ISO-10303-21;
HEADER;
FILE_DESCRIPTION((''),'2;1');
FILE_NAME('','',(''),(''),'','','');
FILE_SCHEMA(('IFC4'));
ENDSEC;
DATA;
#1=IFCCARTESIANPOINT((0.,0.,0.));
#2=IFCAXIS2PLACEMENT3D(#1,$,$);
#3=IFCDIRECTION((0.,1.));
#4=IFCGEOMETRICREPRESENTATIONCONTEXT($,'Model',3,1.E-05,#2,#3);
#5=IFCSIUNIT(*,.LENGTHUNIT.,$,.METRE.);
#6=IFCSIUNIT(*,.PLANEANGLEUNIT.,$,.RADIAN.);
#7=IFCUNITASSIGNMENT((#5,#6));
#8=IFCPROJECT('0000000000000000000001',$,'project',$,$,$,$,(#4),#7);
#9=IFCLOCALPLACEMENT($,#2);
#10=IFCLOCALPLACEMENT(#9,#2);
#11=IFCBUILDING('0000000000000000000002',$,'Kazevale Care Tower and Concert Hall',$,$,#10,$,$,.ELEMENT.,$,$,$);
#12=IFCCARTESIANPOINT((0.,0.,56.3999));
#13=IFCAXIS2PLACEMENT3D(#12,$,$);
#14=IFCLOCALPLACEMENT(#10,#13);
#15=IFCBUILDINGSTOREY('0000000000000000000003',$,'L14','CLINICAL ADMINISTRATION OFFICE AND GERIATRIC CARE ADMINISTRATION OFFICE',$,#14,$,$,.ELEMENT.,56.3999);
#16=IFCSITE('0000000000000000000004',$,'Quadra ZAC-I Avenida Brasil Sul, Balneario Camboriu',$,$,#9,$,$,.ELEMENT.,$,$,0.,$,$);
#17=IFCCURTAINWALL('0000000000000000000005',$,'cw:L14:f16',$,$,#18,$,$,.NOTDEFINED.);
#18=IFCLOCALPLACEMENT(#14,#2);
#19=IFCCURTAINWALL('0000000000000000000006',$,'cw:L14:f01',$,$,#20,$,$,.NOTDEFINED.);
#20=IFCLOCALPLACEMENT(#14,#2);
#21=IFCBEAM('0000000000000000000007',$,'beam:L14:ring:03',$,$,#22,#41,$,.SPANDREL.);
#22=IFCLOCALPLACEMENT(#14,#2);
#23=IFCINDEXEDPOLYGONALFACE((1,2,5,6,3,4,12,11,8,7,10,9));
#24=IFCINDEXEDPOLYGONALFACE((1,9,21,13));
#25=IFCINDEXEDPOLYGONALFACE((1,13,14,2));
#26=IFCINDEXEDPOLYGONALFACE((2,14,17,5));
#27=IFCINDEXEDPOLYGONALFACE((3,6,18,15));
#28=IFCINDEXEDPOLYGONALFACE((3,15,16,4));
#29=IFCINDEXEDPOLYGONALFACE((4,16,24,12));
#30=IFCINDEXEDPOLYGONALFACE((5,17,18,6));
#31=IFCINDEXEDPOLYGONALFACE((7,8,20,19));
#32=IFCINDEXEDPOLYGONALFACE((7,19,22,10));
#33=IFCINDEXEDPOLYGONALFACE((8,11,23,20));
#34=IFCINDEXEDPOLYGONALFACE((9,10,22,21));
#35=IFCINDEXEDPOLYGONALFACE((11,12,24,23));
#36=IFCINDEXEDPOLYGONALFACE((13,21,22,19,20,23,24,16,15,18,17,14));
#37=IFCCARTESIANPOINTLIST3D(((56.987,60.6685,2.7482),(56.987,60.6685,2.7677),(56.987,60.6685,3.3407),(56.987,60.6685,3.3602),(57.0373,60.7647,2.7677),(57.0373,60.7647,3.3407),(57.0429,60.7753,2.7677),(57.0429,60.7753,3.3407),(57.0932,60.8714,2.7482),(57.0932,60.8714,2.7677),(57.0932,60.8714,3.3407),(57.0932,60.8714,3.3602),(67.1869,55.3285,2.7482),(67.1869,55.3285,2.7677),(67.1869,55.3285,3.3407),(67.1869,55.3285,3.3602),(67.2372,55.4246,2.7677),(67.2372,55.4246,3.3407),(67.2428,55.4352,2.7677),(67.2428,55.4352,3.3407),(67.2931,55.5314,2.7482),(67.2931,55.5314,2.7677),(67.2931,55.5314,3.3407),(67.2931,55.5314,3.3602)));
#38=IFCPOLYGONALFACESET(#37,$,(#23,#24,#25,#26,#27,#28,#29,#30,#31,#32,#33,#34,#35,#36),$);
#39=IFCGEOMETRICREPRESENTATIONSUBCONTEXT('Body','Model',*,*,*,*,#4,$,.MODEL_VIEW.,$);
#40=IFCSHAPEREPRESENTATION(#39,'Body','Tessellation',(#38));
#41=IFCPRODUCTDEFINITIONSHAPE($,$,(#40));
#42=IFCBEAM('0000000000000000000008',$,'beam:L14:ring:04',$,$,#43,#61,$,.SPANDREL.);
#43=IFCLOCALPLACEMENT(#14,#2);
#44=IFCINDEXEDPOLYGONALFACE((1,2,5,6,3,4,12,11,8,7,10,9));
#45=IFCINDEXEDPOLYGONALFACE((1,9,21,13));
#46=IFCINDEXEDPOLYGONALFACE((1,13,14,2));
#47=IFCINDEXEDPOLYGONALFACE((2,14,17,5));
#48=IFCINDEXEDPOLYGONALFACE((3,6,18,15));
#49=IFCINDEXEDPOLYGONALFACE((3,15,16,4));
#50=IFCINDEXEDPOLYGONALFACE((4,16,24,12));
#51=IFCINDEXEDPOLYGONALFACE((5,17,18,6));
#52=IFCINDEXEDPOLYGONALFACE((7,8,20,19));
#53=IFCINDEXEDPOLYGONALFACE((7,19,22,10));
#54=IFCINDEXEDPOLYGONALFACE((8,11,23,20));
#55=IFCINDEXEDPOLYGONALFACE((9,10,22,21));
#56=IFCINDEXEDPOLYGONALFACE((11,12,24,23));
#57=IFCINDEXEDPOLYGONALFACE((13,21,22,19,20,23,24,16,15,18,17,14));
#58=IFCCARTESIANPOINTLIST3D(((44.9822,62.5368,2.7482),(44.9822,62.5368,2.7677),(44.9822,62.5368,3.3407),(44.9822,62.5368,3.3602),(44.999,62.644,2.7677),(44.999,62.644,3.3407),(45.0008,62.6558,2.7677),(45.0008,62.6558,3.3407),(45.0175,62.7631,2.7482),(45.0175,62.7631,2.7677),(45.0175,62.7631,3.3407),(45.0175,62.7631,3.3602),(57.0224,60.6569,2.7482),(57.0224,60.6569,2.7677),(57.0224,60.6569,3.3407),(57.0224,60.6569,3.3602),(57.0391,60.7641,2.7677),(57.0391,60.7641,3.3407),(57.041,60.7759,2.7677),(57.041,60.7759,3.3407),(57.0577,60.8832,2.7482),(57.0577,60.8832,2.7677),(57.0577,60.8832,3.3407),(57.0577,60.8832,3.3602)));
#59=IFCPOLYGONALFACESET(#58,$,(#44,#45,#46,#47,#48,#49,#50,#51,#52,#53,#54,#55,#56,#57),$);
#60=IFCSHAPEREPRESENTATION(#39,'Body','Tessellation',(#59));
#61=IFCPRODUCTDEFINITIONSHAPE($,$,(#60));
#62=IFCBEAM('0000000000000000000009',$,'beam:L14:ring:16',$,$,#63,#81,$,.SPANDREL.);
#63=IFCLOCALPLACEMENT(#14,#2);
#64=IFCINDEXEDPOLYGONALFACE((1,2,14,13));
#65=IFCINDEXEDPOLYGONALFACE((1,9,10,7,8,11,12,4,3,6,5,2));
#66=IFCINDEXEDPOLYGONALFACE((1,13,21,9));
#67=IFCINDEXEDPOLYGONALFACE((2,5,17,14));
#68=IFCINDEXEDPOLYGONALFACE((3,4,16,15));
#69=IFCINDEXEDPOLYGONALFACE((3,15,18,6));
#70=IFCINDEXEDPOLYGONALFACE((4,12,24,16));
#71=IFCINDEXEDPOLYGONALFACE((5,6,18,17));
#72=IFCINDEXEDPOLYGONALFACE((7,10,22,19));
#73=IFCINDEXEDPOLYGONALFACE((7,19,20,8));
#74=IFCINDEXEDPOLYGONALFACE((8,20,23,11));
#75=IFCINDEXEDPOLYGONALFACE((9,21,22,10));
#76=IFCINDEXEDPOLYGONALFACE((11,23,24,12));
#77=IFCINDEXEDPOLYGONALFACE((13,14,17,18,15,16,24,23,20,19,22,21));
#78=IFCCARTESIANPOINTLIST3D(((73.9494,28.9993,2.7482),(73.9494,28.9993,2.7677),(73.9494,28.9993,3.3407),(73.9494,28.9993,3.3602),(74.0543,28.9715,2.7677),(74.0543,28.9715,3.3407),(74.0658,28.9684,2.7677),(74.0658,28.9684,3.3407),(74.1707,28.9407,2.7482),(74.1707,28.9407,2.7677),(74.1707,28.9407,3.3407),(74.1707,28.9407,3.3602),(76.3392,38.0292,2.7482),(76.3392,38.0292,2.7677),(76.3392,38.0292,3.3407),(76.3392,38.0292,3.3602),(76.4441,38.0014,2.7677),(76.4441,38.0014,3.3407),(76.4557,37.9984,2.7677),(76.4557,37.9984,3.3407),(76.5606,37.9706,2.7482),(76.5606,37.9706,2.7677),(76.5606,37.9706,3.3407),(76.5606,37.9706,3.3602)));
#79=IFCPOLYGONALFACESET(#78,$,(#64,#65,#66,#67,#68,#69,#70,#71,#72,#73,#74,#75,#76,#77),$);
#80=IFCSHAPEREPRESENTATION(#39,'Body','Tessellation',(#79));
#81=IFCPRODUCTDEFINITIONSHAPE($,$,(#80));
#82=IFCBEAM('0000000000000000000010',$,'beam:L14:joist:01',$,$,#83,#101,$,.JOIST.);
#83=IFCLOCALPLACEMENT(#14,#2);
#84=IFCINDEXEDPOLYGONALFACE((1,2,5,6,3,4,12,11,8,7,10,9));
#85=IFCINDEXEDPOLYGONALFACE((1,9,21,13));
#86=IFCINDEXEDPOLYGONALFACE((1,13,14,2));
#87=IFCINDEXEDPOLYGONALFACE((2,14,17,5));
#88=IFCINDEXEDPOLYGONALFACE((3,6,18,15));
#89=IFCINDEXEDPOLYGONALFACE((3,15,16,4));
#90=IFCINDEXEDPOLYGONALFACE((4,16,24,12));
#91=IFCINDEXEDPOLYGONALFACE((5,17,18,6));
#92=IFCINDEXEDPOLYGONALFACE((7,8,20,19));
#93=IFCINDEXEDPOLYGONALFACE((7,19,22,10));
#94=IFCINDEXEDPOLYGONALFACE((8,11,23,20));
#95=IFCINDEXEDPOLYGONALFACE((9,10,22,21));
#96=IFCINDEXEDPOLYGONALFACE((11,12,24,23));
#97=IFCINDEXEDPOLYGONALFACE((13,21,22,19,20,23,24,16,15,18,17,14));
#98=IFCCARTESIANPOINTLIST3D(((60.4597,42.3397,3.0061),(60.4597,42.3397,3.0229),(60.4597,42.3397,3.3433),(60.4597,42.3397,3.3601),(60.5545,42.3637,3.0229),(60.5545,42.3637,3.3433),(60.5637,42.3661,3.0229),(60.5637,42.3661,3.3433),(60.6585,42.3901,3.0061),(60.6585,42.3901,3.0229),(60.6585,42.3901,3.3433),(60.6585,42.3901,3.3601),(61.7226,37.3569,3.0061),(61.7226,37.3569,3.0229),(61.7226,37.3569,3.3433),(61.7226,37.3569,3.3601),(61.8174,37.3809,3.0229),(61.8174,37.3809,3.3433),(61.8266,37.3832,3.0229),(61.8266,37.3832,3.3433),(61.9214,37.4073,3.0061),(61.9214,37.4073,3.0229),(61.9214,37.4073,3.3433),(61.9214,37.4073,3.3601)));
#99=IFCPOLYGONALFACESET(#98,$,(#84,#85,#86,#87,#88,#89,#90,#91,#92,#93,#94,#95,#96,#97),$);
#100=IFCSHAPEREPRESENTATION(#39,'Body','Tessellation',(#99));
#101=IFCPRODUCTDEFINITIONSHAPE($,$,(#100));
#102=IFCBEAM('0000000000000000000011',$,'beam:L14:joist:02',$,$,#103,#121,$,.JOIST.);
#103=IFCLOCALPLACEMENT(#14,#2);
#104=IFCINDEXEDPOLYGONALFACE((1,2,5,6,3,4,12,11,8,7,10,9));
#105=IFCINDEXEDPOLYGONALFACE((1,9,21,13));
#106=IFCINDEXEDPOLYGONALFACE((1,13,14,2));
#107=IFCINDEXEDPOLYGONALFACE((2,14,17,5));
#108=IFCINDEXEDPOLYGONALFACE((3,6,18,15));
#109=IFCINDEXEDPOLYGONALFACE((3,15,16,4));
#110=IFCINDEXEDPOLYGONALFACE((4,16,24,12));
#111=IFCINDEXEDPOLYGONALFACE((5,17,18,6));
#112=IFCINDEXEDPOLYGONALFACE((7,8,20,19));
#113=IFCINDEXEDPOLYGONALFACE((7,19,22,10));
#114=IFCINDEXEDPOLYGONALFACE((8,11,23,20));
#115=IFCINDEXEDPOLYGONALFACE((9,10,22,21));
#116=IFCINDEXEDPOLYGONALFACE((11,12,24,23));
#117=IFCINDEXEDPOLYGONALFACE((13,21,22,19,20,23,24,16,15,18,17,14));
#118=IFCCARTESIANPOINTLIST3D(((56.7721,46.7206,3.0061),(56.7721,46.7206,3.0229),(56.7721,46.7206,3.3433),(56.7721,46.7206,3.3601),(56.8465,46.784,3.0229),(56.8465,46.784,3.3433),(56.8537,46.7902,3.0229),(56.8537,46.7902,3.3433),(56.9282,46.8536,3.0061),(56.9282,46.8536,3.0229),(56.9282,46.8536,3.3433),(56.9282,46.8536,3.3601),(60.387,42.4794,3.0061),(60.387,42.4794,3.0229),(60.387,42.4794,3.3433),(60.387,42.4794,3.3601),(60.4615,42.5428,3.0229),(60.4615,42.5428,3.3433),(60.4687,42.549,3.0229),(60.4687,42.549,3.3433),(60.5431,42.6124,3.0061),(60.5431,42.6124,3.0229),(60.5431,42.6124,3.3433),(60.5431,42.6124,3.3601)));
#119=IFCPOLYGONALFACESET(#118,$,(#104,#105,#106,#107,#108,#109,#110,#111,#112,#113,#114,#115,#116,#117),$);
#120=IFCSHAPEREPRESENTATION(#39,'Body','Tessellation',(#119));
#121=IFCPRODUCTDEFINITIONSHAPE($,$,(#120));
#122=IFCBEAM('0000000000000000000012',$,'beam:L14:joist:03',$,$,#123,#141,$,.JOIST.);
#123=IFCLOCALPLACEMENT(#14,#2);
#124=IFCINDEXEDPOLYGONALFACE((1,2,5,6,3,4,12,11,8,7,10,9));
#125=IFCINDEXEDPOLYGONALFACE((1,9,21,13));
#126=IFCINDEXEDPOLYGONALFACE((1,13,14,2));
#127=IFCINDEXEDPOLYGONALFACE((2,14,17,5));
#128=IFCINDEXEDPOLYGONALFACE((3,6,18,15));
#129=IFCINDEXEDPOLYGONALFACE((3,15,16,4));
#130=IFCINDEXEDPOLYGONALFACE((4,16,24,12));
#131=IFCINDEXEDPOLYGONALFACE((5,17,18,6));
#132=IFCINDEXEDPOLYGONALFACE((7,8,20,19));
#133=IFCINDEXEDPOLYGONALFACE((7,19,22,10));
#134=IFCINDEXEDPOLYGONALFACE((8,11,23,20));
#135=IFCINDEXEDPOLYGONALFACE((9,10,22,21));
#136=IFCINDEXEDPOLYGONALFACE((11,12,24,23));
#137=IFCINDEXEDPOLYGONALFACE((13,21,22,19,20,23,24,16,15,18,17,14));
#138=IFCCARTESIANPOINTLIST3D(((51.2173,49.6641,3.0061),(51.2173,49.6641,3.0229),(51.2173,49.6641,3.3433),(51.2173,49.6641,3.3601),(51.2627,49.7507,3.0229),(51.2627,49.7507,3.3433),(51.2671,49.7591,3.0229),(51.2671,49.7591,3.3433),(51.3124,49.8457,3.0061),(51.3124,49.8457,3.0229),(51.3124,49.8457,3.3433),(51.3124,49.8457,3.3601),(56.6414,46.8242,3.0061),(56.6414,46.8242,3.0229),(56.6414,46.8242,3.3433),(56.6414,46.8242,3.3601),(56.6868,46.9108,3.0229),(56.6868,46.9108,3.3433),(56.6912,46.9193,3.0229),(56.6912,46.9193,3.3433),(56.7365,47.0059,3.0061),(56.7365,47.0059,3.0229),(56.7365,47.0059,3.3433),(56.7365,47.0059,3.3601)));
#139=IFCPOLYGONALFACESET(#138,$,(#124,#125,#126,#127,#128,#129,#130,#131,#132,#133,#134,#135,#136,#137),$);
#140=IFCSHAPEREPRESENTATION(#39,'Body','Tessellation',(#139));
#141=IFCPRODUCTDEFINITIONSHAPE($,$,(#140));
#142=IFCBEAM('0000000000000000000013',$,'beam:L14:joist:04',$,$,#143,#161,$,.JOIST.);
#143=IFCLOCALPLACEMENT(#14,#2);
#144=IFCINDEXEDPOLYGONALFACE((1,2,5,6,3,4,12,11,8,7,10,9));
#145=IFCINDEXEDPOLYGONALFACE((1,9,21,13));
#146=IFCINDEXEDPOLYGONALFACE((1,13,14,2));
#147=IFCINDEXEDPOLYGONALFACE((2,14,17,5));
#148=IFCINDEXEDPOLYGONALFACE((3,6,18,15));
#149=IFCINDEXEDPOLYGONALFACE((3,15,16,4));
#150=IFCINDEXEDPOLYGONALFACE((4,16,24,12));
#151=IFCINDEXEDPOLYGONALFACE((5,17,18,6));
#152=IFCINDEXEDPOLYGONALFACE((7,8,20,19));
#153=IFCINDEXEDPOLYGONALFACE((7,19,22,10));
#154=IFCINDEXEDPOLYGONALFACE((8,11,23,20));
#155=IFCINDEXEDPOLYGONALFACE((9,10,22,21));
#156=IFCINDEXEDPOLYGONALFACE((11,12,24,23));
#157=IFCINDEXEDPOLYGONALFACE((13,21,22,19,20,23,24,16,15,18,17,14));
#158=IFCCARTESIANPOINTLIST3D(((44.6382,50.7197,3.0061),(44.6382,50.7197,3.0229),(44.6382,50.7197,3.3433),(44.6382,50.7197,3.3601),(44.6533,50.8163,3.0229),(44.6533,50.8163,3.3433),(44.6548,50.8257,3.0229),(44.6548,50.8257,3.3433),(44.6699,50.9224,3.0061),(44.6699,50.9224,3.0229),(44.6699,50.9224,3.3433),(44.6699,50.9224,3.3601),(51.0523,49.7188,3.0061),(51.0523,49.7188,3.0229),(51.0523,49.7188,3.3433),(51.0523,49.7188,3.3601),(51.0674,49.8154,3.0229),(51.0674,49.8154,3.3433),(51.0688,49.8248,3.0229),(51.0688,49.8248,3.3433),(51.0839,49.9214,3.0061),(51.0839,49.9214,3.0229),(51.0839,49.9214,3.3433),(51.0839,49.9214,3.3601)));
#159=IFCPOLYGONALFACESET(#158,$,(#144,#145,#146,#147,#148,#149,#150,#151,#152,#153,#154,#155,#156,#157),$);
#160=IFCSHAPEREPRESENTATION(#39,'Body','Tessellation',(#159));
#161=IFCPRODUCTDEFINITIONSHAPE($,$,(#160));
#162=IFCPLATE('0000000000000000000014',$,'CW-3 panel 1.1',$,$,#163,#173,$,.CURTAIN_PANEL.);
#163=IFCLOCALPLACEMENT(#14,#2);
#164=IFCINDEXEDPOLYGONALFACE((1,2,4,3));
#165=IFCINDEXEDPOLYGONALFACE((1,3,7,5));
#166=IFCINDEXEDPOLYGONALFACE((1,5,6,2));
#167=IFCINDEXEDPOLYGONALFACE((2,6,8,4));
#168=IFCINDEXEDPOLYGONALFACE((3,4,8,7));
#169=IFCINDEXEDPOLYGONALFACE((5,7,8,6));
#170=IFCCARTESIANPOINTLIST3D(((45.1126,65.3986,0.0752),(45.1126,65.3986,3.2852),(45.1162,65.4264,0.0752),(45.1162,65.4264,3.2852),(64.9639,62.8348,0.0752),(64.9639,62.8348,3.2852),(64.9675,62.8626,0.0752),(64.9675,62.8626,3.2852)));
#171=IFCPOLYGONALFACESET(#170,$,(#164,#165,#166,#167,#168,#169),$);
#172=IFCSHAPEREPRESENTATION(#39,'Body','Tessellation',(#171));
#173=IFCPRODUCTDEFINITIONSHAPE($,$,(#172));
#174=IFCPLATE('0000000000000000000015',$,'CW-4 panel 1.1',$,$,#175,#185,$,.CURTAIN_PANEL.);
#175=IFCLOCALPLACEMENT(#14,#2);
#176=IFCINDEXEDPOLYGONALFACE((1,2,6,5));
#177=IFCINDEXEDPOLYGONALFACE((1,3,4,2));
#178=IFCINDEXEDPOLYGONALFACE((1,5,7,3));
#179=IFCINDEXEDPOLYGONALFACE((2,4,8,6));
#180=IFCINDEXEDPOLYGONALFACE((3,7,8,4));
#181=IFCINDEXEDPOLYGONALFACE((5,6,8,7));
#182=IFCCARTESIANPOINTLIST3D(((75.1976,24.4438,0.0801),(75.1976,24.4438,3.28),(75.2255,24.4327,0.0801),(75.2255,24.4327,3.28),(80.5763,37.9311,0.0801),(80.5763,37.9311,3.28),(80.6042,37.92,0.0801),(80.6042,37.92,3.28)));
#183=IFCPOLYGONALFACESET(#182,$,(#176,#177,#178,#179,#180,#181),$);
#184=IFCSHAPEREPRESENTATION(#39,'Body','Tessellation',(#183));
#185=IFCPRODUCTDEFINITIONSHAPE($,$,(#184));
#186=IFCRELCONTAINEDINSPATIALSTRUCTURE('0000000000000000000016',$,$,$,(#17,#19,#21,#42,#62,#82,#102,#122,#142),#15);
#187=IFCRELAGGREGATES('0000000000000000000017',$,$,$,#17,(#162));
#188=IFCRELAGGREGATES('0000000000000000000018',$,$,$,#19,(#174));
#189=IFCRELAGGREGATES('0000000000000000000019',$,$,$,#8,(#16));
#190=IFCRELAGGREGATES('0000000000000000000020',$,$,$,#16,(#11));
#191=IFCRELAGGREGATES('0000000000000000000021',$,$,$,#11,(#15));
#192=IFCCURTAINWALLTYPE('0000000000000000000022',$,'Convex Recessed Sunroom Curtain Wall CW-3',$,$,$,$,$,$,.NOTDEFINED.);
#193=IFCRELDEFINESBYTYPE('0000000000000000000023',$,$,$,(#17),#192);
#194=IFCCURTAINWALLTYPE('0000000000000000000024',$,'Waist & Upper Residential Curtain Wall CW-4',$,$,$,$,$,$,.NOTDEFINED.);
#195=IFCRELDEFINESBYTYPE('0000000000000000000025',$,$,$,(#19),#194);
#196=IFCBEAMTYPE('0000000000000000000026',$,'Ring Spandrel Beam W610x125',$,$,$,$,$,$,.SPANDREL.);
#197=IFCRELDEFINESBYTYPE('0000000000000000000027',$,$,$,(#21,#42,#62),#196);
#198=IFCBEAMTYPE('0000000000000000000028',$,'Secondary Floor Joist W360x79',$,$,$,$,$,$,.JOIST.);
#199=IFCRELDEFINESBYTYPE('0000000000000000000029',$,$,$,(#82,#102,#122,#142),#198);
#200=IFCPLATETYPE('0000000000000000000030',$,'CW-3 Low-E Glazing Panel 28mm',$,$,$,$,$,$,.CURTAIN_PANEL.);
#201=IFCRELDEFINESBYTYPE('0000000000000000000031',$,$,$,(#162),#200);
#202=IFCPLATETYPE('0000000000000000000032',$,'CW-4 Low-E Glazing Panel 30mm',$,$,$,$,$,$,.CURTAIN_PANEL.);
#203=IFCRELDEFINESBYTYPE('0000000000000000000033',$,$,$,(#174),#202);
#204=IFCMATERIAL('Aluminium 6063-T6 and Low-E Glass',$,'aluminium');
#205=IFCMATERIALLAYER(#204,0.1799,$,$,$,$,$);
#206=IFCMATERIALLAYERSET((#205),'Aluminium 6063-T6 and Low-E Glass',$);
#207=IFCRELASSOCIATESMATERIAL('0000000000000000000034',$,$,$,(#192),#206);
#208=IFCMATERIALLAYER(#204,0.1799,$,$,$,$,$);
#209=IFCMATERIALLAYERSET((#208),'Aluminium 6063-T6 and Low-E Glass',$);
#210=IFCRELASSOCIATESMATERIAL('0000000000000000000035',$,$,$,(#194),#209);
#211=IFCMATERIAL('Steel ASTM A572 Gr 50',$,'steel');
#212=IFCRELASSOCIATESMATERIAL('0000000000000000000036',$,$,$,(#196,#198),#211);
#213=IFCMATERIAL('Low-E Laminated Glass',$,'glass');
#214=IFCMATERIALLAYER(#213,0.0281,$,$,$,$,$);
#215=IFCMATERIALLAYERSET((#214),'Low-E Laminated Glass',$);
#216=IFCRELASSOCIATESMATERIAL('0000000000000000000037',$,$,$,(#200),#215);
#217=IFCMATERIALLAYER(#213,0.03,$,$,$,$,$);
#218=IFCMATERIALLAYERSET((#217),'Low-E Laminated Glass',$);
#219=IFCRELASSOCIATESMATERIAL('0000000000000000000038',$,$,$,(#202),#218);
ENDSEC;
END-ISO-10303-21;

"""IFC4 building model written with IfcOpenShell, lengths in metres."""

from ifc_helpers import new_model, si_unit, direction, frame, origin, origin_2d, place, context, subcontext, project, spatial, rectangle, i_section, extrude, material, layer, layer_set, material_profile, profile_set, type_object, element, aggregate, save


model = new_model("IFC4")

# Units and contexts
model_context = context("Model", 3, precision=1e-05, world=origin(), true_north=direction((0.0, 1.0)))
body_context = subcontext(model_context, "Body", "Model", "MODEL_VIEW")
ifc_project = project(units=[si_unit("LENGTHUNIT", "METRE"), si_unit("PLANEANGLEUNIT", "RADIAN")], contexts=[model_context])

# Site, building, storey
site_placement = place(None, origin())
site = spatial("IfcSite", under=ifc_project, at=site_placement, Name="Quadra ZAC-I Avenida Brasil Sul, Balneario Camboriu", CompositionType="ELEMENT", RefElevation=0.0)
building_placement = place(site_placement, origin())
building = spatial("IfcBuilding", under=site, at=building_placement, Name="Kazevale Care Tower and Concert Hall", CompositionType="ELEMENT")
storey_placement = place(building_placement, frame((0.0, 0.0, 56.3999)))
storey = spatial("IfcBuildingStorey", under=building, at=storey_placement, Name="L14", Description="CLINICAL ADMINISTRATION OFFICE AND GERIATRIC CARE ADMINISTRATION OFFICE", CompositionType="ELEMENT", Elevation=56.3999)

# Curtain walls
ifc_material_1 = material(Name="Aluminium 6063-T6 and Low-E Glass", Category="aluminium")
ifc_layer_1 = layer(ifc_material_1, 0.1799)
ifc_layer_set_1 = layer_set([ifc_layer_1], Name="Aluminium 6063-T6 and Low-E Glass")
curtain_wall_type_1 = type_object("IfcCurtainWallType", Name="Convex Recessed Sunroom Curtain Wall CW-3", PredefinedType="NOTDEFINED", material=ifc_layer_set_1)
curtain_wall_1_placement = place(storey_placement, origin())
curtain_wall_1 = element("IfcCurtainWall", 1, at=curtain_wall_1_placement, inside=storey, type_object=curtain_wall_type_1, Name="cw:L14:f16", PredefinedType="NOTDEFINED")
ifc_layer_2 = layer(ifc_material_1, 0.1799)
ifc_layer_set_2 = layer_set([ifc_layer_2], Name="Aluminium 6063-T6 and Low-E Glass")
curtain_wall_type_2 = type_object("IfcCurtainWallType", Name="Waist & Upper Residential Curtain Wall CW-4", PredefinedType="NOTDEFINED", material=ifc_layer_set_2)
curtain_wall_2_placement = place(storey_placement, origin())
curtain_wall_2 = element("IfcCurtainWall", 2, at=curtain_wall_2_placement, inside=storey, type_object=curtain_wall_type_2, Name="cw:L14:f01", PredefinedType="NOTDEFINED")

# Beams
ifc_material_2 = material(Name="Steel ASTM A572 Gr 50", Category="steel")
ifc_material_profile_1 = material_profile(ifc_material_2, i_section(OverallWidth=0.229, OverallDepth=0.6121, WebThickness=0.012, FlangeThickness=0.0195, at=origin_2d()), Name="W610x125")
ifc_profile_set_1 = profile_set([ifc_material_profile_1], Name="Steel ASTM A572 Gr 50")
beam_type_1 = type_object("IfcBeamType", Name="Ring Spandrel Beam W610x125", PredefinedType="SPANDREL", material=ifc_profile_set_1)
beam_1_placement = place(storey_placement, frame((67.24, 55.4299, 3.0542), z_axis=(-0.885929, 0.46382, 0.0), x_axis=(-0.46382, -0.885929, 0.0)))
element("IfcBeam", 3, at=beam_1_placement, inside=storey, type_object=beam_type_1, Name="beam:L14:ring:03", PredefinedType="SPANDREL", context=body_context, shape_type="SweptSolid", body=[
    extrude(i_section(OverallWidth=0.229, OverallDepth=0.6121, WebThickness=0.012, FlangeThickness=0.0195, at=origin_2d()), origin(), (0.0, 0.0, 1.0), 11.5132),
])
beam_2_placement = place(storey_placement, frame((57.04, 60.77, 3.0542), z_axis=(-0.988029, 0.154267, 0.0), x_axis=(-0.154267, -0.988029, 0.0)))
element("IfcBeam", 4, at=beam_2_placement, inside=storey, type_object=beam_type_1, Name="beam:L14:ring:04", PredefinedType="SPANDREL", context=body_context, shape_type="SweptSolid", body=[
    extrude(i_section(OverallWidth=0.229, OverallDepth=0.6121, WebThickness=0.012, FlangeThickness=0.0195, at=origin_2d()), origin(), (0.0, 0.0, 1.0), 12.186),
])
beam_3_placement = place(storey_placement, frame((74.0601, 28.97, 3.0542), z_axis=(0.255852, 0.966716, 0.0), x_axis=(-0.966716, 0.255852, 0.0)))
element("IfcBeam", 5, at=beam_3_placement, inside=storey, type_object=beam_type_1, Name="beam:L14:ring:16", PredefinedType="SPANDREL", context=body_context, shape_type="SweptSolid", body=[
    extrude(i_section(OverallWidth=0.229, OverallDepth=0.6121, WebThickness=0.012, FlangeThickness=0.0195, at=origin_2d()), origin(), (0.0, 0.0, 1.0), 9.3408),
])
ifc_material_profile_2 = material_profile(ifc_material_2, i_section(OverallWidth=0.2051, OverallDepth=0.354, WebThickness=0.0095, FlangeThickness=0.0168, at=origin_2d()), Name="W360x79")
ifc_profile_set_2 = profile_set([ifc_material_profile_2], Name="Steel ASTM A572 Gr 50")
beam_type_2 = type_object("IfcBeamType", Name="Secondary Floor Joist W360x79", PredefinedType="JOIST", material=ifc_profile_set_2)
beam_4_placement = place(storey_placement, frame((61.822, 37.3821, 3.1831), z_axis=(-0.245686, 0.96935, 0.0), x_axis=(-0.96935, -0.245686, 0.0)))
element("IfcBeam", 6, at=beam_4_placement, inside=storey, type_object=beam_type_2, Name="beam:L14:joist:01", PredefinedType="JOIST", context=body_context, shape_type="SweptSolid", body=[
    extrude(i_section(OverallWidth=0.2051, OverallDepth=0.354, WebThickness=0.0095, FlangeThickness=0.0168, at=origin_2d()), origin(), (0.0, 0.0, 1.0), 5.1404),
])
beam_5_placement = place(storey_placement, frame((60.4651, 42.5459, 3.1831), z_axis=(-0.648686, 0.761057, 0.0), x_axis=(-0.761057, -0.648686, 0.0)))
element("IfcBeam", 7, at=beam_5_placement, inside=storey, type_object=beam_type_2, Name="beam:L14:joist:02", PredefinedType="JOIST", context=body_context, shape_type="SweptSolid", body=[
    extrude(i_section(OverallWidth=0.2051, OverallDepth=0.354, WebThickness=0.0095, FlangeThickness=0.0168, at=origin_2d()), origin(), (0.0, 0.0, 1.0), 5.5728),
])
beam_6_placement = place(storey_placement, frame((56.689, 46.915, 3.1831), z_axis=(-0.885921, 0.463836, 0.0), x_axis=(-0.463836, -0.885921, 0.0)))
element("IfcBeam", 8, at=beam_6_placement, inside=storey, type_object=beam_type_2, Name="beam:L14:joist:03", PredefinedType="JOIST", context=body_context, shape_type="SweptSolid", body=[
    extrude(i_section(OverallWidth=0.2051, OverallDepth=0.354, WebThickness=0.0095, FlangeThickness=0.0168, at=origin_2d()), origin(), (0.0, 0.0, 1.0), 6.1226),
])
beam_7_placement = place(storey_placement, frame((51.0681, 49.8201, 3.1831), z_axis=(-0.988041, 0.154193, 0.0), x_axis=(-0.154193, -0.988041, 0.0)))
element("IfcBeam", 9, at=beam_7_placement, inside=storey, type_object=beam_type_2, Name="beam:L14:joist:04", PredefinedType="JOIST", context=body_context, shape_type="SweptSolid", body=[
    extrude(i_section(OverallWidth=0.2051, OverallDepth=0.354, WebThickness=0.0095, FlangeThickness=0.0168, at=origin_2d()), origin(), (0.0, 0.0, 1.0), 6.4917),
])

# Plates
ifc_material_3 = material(Name="Low-E Laminated Glass", Category="glass")
ifc_layer_3 = layer(ifc_material_3, 0.0281)
ifc_layer_set_3 = layer_set([ifc_layer_3], Name="Low-E Laminated Glass")
plate_type_1 = type_object("IfcPlateType", Name="CW-3 Low-E Glazing Panel 28mm", PredefinedType="CURTAIN_PANEL", material=ifc_layer_set_3)
plate_1_placement = place(storey_placement, frame((55.04, 64.1306, 0.0752), z_axis=(0.0, 0.0, 1.0), x_axis=(0.991763, -0.128086, 0.0)))
plate_1 = element("IfcPlate", 10, at=plate_1_placement, type_object=plate_type_1, Name="CW-3 panel 1.1", PredefinedType="CURTAIN_PANEL", context=body_context, shape_type="SweptSolid", body=[
    extrude(rectangle(XDim=20.0161, YDim=0.0281, at=origin_2d()), origin(), (0.0, 0.0, 1.0), 3.21),
])
aggregate(curtain_wall_1, [plate_1])
ifc_layer_4 = layer(ifc_material_3, 0.03)
ifc_layer_set_4 = layer_set([ifc_layer_4], Name="Low-E Laminated Glass")
plate_type_2 = type_object("IfcPlateType", Name="CW-4 Low-E Glazing Panel 30mm", PredefinedType="CURTAIN_PANEL", material=ifc_layer_set_4)
plate_2_placement = place(storey_placement, frame((77.9009, 31.1819, 0.0801), z_axis=(0.0, 0.0, 1.0), x_axis=(-0.370427, -0.928861, 0.0)))
plate_2 = element("IfcPlate", 11, at=plate_2_placement, type_object=plate_type_2, Name="CW-4 panel 1.1", PredefinedType="CURTAIN_PANEL", context=body_context, shape_type="SweptSolid", body=[
    extrude(rectangle(XDim=14.5203, YDim=0.03, at=origin_2d()), origin(), (0.0, 0.0, 1.0), 3.2),
])
aggregate(curtain_wall_2, [plate_2])

save(model, "model.ifc")
